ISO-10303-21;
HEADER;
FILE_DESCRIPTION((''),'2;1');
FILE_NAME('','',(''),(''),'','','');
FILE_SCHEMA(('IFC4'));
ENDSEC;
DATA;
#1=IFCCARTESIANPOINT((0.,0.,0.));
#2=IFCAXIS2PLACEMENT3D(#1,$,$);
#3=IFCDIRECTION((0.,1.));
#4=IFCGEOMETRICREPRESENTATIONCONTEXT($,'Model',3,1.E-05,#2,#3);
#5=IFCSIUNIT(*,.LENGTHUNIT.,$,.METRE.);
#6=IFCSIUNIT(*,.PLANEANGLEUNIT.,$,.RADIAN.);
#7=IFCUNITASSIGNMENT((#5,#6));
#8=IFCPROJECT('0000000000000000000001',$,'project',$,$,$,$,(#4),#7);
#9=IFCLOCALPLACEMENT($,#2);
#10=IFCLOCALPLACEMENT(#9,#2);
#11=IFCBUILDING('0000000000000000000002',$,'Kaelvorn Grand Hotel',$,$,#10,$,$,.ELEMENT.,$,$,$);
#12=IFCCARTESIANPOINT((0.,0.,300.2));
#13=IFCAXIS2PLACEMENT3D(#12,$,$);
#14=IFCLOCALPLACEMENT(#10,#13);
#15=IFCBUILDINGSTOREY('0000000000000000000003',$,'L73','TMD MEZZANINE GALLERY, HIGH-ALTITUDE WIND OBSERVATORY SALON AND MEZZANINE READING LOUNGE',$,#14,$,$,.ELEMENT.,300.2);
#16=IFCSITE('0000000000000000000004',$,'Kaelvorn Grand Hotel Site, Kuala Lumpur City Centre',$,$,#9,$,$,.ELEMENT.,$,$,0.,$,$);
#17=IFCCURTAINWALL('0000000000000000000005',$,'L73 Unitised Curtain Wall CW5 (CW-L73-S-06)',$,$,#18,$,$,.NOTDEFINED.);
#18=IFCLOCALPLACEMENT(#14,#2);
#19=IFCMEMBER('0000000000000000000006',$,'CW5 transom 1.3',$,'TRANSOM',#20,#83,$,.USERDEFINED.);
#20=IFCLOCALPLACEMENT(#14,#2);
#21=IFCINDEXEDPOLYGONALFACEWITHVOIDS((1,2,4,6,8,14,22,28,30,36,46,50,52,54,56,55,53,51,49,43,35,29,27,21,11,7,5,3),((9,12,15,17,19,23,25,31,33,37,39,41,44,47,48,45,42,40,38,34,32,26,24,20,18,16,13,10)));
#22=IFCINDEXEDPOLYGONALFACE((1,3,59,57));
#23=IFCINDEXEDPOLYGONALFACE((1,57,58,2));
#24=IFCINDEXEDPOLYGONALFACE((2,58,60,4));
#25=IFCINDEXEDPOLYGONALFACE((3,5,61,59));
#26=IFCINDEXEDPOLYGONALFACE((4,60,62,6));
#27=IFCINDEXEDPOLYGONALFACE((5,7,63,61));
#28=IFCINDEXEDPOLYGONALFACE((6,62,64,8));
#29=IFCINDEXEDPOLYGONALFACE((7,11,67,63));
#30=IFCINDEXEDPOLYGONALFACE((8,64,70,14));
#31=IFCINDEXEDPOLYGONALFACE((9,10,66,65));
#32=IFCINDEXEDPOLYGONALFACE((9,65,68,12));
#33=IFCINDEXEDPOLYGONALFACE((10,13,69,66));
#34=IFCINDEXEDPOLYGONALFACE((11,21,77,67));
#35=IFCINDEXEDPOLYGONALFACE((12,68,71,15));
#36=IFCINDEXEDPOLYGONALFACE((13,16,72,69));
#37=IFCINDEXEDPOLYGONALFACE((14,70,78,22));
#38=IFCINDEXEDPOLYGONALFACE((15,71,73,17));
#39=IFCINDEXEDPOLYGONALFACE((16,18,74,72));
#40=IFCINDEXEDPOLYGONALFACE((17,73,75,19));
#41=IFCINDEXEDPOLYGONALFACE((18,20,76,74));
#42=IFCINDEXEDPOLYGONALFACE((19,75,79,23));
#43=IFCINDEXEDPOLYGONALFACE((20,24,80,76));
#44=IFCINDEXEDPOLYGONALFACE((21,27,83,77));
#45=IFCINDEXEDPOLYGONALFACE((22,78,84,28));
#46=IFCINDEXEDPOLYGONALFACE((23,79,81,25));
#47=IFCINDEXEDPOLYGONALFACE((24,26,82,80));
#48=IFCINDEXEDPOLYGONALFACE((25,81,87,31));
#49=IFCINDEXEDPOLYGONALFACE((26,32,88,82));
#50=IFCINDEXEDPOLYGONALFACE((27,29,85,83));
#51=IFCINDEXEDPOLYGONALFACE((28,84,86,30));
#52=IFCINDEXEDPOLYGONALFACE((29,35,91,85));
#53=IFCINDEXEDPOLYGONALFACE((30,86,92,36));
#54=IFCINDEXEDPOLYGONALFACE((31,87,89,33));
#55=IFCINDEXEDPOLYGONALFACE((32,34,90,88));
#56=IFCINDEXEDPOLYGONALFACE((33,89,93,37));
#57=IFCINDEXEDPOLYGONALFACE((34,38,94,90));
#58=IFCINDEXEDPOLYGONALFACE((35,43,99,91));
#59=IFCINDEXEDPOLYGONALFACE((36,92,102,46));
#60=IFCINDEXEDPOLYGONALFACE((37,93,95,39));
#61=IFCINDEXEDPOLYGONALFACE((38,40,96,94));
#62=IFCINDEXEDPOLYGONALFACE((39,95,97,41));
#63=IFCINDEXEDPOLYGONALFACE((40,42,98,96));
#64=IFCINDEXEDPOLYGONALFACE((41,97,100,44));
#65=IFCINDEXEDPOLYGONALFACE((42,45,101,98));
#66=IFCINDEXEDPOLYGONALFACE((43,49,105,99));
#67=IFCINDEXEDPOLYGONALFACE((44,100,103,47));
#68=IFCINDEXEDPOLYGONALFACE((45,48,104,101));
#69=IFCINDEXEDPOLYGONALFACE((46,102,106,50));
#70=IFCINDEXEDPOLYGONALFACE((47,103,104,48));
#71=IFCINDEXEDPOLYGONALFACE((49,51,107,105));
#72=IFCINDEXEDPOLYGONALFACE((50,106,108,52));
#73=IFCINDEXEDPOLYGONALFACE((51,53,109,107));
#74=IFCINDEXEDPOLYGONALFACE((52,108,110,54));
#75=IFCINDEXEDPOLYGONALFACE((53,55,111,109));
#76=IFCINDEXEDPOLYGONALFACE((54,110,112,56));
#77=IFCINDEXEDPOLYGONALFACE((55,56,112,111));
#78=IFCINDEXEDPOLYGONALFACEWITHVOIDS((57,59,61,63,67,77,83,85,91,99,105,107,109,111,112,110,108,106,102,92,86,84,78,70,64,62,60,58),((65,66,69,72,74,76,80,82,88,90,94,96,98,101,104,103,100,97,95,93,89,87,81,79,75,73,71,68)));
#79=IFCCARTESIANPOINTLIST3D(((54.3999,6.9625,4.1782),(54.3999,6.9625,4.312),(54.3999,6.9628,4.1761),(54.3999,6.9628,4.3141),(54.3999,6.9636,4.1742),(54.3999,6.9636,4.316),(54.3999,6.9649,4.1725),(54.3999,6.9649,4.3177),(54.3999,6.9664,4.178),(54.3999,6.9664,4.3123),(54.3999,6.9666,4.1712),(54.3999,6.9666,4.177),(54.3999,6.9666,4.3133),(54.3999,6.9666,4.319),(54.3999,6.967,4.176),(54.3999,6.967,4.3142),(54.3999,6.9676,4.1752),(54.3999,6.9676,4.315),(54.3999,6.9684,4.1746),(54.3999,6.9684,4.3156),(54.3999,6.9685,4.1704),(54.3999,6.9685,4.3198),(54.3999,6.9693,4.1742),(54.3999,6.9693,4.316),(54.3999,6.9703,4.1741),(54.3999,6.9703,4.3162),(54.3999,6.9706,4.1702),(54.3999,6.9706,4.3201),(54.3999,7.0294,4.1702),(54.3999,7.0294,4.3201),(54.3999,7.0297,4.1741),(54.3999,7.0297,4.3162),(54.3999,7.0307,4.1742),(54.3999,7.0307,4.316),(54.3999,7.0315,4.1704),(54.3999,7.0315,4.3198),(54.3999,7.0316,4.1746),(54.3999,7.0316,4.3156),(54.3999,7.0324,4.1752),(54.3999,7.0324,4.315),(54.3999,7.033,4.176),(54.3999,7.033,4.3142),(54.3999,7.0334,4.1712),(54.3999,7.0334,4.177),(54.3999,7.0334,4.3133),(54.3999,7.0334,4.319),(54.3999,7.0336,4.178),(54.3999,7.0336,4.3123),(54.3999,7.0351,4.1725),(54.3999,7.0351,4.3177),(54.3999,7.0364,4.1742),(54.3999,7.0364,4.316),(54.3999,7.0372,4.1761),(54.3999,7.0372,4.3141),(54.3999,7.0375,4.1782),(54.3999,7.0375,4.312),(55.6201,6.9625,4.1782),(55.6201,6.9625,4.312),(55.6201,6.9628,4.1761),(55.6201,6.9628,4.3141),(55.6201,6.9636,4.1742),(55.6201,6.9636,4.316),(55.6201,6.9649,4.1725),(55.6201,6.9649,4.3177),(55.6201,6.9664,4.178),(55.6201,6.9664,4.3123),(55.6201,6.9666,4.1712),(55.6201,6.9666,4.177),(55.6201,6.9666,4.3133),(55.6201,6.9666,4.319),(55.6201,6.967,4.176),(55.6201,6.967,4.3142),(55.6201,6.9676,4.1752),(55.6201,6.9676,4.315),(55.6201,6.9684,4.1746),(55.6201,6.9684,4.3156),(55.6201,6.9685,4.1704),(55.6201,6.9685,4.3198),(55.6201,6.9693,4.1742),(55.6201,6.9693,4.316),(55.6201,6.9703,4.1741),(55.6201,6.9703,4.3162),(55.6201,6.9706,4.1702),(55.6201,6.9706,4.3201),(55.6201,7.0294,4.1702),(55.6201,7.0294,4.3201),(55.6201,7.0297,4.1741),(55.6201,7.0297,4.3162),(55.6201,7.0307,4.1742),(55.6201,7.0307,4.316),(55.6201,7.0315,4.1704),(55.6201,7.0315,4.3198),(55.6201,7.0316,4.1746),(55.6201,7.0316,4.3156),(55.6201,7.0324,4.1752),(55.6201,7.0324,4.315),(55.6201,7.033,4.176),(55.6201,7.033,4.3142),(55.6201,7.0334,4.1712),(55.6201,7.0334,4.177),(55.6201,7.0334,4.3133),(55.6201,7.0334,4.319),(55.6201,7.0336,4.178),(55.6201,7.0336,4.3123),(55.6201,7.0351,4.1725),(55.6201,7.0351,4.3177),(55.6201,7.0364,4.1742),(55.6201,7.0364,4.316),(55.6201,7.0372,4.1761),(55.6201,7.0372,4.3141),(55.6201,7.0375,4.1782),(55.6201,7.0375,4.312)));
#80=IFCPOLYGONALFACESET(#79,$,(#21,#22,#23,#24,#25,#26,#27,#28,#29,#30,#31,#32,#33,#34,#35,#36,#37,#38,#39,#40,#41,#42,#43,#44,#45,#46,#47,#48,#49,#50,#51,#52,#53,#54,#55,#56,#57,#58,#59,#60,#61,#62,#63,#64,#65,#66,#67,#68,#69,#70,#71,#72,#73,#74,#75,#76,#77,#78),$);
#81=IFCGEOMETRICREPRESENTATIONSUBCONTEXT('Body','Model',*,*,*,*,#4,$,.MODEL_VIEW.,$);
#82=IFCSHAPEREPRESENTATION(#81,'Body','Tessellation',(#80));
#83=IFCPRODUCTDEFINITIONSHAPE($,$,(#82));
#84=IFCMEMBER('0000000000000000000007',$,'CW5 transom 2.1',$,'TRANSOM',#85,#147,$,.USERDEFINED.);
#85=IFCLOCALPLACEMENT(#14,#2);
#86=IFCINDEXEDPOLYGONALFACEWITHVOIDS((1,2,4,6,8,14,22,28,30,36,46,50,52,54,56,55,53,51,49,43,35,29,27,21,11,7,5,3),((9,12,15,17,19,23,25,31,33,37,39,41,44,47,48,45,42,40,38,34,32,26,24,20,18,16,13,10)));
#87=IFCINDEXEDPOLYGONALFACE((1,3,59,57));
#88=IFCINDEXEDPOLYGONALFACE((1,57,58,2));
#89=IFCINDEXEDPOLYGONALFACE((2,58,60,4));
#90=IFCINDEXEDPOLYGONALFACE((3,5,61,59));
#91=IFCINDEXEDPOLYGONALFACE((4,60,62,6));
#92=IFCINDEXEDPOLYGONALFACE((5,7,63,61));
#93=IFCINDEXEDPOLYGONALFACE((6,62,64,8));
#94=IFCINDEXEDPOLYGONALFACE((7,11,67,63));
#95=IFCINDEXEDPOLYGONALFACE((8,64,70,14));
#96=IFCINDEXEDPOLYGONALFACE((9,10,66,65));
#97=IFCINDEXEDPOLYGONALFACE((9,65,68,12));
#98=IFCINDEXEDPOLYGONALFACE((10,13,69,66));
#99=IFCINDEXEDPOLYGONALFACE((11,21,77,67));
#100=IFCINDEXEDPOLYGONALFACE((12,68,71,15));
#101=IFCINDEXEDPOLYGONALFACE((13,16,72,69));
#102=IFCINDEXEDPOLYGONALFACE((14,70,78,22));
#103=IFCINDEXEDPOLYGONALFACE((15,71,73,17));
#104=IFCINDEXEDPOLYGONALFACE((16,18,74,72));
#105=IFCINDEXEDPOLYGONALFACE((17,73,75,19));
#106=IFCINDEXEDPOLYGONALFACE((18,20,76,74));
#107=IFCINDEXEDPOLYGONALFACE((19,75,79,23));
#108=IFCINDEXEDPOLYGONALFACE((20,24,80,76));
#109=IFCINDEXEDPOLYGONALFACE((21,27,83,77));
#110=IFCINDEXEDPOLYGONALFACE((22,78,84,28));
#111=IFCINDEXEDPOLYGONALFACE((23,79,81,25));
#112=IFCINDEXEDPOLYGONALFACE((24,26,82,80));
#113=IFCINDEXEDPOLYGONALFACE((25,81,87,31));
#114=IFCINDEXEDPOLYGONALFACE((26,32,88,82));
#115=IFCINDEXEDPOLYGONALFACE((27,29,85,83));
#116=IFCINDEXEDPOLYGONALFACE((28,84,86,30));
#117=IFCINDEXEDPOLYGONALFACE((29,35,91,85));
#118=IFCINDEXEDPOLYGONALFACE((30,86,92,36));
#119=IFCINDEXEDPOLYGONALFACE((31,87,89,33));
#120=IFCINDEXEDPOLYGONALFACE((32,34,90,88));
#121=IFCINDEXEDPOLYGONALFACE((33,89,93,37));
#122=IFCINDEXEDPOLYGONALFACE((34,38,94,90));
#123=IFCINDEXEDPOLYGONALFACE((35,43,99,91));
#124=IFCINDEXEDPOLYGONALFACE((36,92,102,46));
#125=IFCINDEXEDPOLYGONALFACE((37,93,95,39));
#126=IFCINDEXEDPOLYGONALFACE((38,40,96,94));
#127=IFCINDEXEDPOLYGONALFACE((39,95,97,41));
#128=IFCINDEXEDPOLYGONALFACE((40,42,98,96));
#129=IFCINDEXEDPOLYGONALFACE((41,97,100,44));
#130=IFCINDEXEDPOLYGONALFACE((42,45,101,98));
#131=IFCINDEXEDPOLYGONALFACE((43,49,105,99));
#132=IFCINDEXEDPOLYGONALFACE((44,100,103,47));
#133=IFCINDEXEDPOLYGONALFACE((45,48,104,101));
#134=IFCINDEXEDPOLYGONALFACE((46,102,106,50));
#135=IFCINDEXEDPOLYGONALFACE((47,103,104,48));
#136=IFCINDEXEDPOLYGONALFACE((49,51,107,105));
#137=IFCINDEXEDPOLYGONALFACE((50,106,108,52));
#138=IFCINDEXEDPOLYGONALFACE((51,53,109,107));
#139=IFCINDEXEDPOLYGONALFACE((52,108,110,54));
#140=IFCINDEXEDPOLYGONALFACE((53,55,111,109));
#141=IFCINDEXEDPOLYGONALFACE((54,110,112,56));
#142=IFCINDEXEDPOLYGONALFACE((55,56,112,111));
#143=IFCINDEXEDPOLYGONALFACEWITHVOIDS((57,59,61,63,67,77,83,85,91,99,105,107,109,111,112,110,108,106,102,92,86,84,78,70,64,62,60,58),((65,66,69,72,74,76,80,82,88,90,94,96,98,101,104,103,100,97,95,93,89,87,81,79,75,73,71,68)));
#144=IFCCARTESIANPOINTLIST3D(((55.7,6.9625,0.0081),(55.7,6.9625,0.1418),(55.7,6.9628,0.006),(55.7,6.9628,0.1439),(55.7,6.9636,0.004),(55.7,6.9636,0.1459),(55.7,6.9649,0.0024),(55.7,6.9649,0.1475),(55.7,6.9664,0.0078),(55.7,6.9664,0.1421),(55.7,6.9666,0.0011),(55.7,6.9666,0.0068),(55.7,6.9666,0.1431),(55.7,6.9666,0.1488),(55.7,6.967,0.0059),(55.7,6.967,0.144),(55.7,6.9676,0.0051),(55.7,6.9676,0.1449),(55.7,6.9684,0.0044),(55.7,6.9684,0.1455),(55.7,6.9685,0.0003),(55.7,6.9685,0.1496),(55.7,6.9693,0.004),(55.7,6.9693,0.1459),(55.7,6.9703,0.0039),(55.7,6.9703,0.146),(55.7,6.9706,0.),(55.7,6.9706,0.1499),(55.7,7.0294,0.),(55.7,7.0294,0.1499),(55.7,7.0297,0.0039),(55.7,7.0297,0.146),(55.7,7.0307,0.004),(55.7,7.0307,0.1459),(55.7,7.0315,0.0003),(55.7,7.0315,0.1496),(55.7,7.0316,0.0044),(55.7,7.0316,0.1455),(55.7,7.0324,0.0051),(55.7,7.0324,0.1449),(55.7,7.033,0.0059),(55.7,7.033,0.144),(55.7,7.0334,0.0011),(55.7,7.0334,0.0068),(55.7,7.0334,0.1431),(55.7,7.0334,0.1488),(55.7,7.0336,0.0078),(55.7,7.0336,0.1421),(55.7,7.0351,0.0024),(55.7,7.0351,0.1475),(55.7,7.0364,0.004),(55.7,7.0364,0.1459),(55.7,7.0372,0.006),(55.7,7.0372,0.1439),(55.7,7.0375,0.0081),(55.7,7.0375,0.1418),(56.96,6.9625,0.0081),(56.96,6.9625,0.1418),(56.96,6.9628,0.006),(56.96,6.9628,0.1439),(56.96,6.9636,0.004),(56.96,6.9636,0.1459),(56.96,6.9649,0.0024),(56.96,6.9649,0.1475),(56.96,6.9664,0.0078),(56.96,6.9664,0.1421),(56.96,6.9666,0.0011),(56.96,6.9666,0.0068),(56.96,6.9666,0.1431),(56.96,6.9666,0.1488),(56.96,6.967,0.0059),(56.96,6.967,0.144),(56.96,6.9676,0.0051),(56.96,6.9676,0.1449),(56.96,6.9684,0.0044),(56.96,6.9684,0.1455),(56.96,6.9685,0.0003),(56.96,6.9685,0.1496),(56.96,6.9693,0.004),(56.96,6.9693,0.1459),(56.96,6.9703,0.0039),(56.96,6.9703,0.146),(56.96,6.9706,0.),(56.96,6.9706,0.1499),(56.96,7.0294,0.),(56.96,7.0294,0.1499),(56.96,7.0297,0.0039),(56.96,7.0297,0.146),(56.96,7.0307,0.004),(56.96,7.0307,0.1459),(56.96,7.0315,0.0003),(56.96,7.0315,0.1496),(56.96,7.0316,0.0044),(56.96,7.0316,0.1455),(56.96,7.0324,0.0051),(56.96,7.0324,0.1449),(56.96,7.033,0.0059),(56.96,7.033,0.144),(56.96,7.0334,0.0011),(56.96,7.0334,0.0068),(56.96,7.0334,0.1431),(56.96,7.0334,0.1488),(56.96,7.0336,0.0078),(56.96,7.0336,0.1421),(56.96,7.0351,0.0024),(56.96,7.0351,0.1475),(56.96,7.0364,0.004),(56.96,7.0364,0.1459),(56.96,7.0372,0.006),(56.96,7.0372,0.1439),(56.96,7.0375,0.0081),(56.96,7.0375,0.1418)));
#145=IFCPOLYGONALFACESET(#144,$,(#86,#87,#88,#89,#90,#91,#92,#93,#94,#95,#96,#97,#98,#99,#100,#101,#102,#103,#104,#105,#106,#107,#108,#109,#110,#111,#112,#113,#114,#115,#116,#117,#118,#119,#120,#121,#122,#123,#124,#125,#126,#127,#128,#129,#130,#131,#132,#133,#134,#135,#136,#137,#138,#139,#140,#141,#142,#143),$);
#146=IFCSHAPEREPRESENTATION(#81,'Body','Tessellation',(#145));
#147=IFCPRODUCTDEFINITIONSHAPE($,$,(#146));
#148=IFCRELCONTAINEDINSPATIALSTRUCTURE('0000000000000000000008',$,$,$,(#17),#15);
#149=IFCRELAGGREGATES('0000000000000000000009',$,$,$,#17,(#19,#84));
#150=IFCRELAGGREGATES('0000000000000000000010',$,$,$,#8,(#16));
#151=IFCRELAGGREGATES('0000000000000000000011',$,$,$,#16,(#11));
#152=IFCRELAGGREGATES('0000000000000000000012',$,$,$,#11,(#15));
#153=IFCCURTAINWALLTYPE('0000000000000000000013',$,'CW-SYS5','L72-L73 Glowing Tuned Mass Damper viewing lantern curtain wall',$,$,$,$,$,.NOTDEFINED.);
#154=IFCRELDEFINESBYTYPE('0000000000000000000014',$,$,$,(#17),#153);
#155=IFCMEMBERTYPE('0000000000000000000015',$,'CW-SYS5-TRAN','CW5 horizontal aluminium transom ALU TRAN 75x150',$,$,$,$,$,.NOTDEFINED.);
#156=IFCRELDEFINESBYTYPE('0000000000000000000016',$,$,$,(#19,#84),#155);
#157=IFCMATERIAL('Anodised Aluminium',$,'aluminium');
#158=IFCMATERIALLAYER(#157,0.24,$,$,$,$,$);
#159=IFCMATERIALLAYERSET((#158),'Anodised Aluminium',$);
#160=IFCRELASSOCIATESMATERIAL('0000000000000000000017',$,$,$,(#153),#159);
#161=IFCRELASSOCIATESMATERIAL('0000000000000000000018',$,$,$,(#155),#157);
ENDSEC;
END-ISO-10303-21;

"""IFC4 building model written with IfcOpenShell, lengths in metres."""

from ifc_helpers import new_model, si_unit, direction, frame, origin, origin_2d, place, context, subcontext, project, spatial, hollow_rectangle, extrude, material, layer, layer_set, material_profile, profile_set, type_object, element, aggregate, save


model = new_model("IFC4")

# Units and contexts
model_context = context("Model", 3, precision=1e-05, world=origin(), true_north=direction((0.0, 1.0)))
body_context = subcontext(model_context, "Body", "Model", "MODEL_VIEW")
ifc_project = project(units=[si_unit("LENGTHUNIT", "METRE"), si_unit("PLANEANGLEUNIT", "RADIAN")], contexts=[model_context])

# Site, building, storey
site_placement = place(None, origin())
site = spatial("IfcSite", under=ifc_project, at=site_placement, Name="Kaelvorn Grand Hotel Site, Kuala Lumpur City Centre", CompositionType="ELEMENT", RefElevation=0.0)
building_placement = place(site_placement, origin())
building = spatial("IfcBuilding", under=site, at=building_placement, Name="Kaelvorn Grand Hotel", CompositionType="ELEMENT")
storey_placement = place(building_placement, frame((0.0, 0.0, 300.2)))
storey = spatial("IfcBuildingStorey", under=building, at=storey_placement, Name="L73", Description="TMD MEZZANINE GALLERY, HIGH-ALTITUDE WIND OBSERVATORY SALON AND MEZZANINE READING LOUNGE", CompositionType="ELEMENT", Elevation=300.2)

# Shared definitions
ifc_material_1 = material(Name="Anodised Aluminium", Category="aluminium")
ifc_layer_1 = layer(ifc_material_1, 0.24)
ifc_layer_set_1 = layer_set([ifc_layer_1], Name="Anodised Aluminium")
curtain_wall_type = type_object("IfcCurtainWallType", Name="CW-SYS5", Description="L72-L73 Glowing Tuned Mass Damper viewing lantern curtain wall", PredefinedType="NOTDEFINED", material=ifc_layer_set_1)

# Curtain wall
curtain_wall_1_placement = place(storey_placement, origin())
curtain_wall_1 = element("IfcCurtainWall", 1, at=curtain_wall_1_placement, inside=storey, type_object=curtain_wall_type, Name="L73 Unitised Curtain Wall CW5 (CW-L73-S-06)", PredefinedType="NOTDEFINED")

# Members
ifc_material_profile_1 = material_profile(ifc_material_1, hollow_rectangle(XDim=0.075, YDim=0.1499, WallThickness=0.0039, InnerFilletRadius=0.0039, OuterFilletRadius=0.0081, at=origin_2d()), Name="ALU TRAN 75x150")
ifc_profile_set_1 = profile_set([ifc_material_profile_1], Name="Anodised Aluminium")
member_type_1 = type_object("IfcMemberType", Name="CW-SYS5-TRAN", Description="CW5 horizontal aluminium transom ALU TRAN 75x150", PredefinedType="NOTDEFINED", material=ifc_profile_set_1)
member_1_placement = place(storey_placement, frame((54.3999, 7.0, 4.2451), z_axis=(1.0, 0.0, 0.0), x_axis=(0.0, 1.0, 0.0)))
member_1 = element("IfcMember", 2, at=member_1_placement, type_object=member_type_1, Name="CW5 transom 1.3", ObjectType="TRANSOM", PredefinedType="USERDEFINED", context=body_context, shape_type="SweptSolid", body=[
    extrude(hollow_rectangle(XDim=0.075, YDim=0.1499, WallThickness=0.0039, InnerFilletRadius=0.0039, OuterFilletRadius=0.0081, at=origin_2d()), origin(), (0.0, 0.0, 1.0), 1.2202),
])
member_2_placement = place(storey_placement, frame((55.7, 7.0, 0.075), z_axis=(1.0, 0.0, 0.0), x_axis=(0.0, 1.0, 0.0)))
member_2 = element("IfcMember", 3, at=member_2_placement, type_object=member_type_1, Name="CW5 transom 2.1", ObjectType="TRANSOM", PredefinedType="USERDEFINED", context=body_context, shape_type="SweptSolid", body=[
    extrude(hollow_rectangle(XDim=0.075, YDim=0.1499, WallThickness=0.0039, InnerFilletRadius=0.0039, OuterFilletRadius=0.0081, at=origin_2d()), origin(), (0.0, 0.0, 1.0), 1.26),
])

aggregate(curtain_wall_1, [member_1, member_2])

save(model, "model.ifc")
